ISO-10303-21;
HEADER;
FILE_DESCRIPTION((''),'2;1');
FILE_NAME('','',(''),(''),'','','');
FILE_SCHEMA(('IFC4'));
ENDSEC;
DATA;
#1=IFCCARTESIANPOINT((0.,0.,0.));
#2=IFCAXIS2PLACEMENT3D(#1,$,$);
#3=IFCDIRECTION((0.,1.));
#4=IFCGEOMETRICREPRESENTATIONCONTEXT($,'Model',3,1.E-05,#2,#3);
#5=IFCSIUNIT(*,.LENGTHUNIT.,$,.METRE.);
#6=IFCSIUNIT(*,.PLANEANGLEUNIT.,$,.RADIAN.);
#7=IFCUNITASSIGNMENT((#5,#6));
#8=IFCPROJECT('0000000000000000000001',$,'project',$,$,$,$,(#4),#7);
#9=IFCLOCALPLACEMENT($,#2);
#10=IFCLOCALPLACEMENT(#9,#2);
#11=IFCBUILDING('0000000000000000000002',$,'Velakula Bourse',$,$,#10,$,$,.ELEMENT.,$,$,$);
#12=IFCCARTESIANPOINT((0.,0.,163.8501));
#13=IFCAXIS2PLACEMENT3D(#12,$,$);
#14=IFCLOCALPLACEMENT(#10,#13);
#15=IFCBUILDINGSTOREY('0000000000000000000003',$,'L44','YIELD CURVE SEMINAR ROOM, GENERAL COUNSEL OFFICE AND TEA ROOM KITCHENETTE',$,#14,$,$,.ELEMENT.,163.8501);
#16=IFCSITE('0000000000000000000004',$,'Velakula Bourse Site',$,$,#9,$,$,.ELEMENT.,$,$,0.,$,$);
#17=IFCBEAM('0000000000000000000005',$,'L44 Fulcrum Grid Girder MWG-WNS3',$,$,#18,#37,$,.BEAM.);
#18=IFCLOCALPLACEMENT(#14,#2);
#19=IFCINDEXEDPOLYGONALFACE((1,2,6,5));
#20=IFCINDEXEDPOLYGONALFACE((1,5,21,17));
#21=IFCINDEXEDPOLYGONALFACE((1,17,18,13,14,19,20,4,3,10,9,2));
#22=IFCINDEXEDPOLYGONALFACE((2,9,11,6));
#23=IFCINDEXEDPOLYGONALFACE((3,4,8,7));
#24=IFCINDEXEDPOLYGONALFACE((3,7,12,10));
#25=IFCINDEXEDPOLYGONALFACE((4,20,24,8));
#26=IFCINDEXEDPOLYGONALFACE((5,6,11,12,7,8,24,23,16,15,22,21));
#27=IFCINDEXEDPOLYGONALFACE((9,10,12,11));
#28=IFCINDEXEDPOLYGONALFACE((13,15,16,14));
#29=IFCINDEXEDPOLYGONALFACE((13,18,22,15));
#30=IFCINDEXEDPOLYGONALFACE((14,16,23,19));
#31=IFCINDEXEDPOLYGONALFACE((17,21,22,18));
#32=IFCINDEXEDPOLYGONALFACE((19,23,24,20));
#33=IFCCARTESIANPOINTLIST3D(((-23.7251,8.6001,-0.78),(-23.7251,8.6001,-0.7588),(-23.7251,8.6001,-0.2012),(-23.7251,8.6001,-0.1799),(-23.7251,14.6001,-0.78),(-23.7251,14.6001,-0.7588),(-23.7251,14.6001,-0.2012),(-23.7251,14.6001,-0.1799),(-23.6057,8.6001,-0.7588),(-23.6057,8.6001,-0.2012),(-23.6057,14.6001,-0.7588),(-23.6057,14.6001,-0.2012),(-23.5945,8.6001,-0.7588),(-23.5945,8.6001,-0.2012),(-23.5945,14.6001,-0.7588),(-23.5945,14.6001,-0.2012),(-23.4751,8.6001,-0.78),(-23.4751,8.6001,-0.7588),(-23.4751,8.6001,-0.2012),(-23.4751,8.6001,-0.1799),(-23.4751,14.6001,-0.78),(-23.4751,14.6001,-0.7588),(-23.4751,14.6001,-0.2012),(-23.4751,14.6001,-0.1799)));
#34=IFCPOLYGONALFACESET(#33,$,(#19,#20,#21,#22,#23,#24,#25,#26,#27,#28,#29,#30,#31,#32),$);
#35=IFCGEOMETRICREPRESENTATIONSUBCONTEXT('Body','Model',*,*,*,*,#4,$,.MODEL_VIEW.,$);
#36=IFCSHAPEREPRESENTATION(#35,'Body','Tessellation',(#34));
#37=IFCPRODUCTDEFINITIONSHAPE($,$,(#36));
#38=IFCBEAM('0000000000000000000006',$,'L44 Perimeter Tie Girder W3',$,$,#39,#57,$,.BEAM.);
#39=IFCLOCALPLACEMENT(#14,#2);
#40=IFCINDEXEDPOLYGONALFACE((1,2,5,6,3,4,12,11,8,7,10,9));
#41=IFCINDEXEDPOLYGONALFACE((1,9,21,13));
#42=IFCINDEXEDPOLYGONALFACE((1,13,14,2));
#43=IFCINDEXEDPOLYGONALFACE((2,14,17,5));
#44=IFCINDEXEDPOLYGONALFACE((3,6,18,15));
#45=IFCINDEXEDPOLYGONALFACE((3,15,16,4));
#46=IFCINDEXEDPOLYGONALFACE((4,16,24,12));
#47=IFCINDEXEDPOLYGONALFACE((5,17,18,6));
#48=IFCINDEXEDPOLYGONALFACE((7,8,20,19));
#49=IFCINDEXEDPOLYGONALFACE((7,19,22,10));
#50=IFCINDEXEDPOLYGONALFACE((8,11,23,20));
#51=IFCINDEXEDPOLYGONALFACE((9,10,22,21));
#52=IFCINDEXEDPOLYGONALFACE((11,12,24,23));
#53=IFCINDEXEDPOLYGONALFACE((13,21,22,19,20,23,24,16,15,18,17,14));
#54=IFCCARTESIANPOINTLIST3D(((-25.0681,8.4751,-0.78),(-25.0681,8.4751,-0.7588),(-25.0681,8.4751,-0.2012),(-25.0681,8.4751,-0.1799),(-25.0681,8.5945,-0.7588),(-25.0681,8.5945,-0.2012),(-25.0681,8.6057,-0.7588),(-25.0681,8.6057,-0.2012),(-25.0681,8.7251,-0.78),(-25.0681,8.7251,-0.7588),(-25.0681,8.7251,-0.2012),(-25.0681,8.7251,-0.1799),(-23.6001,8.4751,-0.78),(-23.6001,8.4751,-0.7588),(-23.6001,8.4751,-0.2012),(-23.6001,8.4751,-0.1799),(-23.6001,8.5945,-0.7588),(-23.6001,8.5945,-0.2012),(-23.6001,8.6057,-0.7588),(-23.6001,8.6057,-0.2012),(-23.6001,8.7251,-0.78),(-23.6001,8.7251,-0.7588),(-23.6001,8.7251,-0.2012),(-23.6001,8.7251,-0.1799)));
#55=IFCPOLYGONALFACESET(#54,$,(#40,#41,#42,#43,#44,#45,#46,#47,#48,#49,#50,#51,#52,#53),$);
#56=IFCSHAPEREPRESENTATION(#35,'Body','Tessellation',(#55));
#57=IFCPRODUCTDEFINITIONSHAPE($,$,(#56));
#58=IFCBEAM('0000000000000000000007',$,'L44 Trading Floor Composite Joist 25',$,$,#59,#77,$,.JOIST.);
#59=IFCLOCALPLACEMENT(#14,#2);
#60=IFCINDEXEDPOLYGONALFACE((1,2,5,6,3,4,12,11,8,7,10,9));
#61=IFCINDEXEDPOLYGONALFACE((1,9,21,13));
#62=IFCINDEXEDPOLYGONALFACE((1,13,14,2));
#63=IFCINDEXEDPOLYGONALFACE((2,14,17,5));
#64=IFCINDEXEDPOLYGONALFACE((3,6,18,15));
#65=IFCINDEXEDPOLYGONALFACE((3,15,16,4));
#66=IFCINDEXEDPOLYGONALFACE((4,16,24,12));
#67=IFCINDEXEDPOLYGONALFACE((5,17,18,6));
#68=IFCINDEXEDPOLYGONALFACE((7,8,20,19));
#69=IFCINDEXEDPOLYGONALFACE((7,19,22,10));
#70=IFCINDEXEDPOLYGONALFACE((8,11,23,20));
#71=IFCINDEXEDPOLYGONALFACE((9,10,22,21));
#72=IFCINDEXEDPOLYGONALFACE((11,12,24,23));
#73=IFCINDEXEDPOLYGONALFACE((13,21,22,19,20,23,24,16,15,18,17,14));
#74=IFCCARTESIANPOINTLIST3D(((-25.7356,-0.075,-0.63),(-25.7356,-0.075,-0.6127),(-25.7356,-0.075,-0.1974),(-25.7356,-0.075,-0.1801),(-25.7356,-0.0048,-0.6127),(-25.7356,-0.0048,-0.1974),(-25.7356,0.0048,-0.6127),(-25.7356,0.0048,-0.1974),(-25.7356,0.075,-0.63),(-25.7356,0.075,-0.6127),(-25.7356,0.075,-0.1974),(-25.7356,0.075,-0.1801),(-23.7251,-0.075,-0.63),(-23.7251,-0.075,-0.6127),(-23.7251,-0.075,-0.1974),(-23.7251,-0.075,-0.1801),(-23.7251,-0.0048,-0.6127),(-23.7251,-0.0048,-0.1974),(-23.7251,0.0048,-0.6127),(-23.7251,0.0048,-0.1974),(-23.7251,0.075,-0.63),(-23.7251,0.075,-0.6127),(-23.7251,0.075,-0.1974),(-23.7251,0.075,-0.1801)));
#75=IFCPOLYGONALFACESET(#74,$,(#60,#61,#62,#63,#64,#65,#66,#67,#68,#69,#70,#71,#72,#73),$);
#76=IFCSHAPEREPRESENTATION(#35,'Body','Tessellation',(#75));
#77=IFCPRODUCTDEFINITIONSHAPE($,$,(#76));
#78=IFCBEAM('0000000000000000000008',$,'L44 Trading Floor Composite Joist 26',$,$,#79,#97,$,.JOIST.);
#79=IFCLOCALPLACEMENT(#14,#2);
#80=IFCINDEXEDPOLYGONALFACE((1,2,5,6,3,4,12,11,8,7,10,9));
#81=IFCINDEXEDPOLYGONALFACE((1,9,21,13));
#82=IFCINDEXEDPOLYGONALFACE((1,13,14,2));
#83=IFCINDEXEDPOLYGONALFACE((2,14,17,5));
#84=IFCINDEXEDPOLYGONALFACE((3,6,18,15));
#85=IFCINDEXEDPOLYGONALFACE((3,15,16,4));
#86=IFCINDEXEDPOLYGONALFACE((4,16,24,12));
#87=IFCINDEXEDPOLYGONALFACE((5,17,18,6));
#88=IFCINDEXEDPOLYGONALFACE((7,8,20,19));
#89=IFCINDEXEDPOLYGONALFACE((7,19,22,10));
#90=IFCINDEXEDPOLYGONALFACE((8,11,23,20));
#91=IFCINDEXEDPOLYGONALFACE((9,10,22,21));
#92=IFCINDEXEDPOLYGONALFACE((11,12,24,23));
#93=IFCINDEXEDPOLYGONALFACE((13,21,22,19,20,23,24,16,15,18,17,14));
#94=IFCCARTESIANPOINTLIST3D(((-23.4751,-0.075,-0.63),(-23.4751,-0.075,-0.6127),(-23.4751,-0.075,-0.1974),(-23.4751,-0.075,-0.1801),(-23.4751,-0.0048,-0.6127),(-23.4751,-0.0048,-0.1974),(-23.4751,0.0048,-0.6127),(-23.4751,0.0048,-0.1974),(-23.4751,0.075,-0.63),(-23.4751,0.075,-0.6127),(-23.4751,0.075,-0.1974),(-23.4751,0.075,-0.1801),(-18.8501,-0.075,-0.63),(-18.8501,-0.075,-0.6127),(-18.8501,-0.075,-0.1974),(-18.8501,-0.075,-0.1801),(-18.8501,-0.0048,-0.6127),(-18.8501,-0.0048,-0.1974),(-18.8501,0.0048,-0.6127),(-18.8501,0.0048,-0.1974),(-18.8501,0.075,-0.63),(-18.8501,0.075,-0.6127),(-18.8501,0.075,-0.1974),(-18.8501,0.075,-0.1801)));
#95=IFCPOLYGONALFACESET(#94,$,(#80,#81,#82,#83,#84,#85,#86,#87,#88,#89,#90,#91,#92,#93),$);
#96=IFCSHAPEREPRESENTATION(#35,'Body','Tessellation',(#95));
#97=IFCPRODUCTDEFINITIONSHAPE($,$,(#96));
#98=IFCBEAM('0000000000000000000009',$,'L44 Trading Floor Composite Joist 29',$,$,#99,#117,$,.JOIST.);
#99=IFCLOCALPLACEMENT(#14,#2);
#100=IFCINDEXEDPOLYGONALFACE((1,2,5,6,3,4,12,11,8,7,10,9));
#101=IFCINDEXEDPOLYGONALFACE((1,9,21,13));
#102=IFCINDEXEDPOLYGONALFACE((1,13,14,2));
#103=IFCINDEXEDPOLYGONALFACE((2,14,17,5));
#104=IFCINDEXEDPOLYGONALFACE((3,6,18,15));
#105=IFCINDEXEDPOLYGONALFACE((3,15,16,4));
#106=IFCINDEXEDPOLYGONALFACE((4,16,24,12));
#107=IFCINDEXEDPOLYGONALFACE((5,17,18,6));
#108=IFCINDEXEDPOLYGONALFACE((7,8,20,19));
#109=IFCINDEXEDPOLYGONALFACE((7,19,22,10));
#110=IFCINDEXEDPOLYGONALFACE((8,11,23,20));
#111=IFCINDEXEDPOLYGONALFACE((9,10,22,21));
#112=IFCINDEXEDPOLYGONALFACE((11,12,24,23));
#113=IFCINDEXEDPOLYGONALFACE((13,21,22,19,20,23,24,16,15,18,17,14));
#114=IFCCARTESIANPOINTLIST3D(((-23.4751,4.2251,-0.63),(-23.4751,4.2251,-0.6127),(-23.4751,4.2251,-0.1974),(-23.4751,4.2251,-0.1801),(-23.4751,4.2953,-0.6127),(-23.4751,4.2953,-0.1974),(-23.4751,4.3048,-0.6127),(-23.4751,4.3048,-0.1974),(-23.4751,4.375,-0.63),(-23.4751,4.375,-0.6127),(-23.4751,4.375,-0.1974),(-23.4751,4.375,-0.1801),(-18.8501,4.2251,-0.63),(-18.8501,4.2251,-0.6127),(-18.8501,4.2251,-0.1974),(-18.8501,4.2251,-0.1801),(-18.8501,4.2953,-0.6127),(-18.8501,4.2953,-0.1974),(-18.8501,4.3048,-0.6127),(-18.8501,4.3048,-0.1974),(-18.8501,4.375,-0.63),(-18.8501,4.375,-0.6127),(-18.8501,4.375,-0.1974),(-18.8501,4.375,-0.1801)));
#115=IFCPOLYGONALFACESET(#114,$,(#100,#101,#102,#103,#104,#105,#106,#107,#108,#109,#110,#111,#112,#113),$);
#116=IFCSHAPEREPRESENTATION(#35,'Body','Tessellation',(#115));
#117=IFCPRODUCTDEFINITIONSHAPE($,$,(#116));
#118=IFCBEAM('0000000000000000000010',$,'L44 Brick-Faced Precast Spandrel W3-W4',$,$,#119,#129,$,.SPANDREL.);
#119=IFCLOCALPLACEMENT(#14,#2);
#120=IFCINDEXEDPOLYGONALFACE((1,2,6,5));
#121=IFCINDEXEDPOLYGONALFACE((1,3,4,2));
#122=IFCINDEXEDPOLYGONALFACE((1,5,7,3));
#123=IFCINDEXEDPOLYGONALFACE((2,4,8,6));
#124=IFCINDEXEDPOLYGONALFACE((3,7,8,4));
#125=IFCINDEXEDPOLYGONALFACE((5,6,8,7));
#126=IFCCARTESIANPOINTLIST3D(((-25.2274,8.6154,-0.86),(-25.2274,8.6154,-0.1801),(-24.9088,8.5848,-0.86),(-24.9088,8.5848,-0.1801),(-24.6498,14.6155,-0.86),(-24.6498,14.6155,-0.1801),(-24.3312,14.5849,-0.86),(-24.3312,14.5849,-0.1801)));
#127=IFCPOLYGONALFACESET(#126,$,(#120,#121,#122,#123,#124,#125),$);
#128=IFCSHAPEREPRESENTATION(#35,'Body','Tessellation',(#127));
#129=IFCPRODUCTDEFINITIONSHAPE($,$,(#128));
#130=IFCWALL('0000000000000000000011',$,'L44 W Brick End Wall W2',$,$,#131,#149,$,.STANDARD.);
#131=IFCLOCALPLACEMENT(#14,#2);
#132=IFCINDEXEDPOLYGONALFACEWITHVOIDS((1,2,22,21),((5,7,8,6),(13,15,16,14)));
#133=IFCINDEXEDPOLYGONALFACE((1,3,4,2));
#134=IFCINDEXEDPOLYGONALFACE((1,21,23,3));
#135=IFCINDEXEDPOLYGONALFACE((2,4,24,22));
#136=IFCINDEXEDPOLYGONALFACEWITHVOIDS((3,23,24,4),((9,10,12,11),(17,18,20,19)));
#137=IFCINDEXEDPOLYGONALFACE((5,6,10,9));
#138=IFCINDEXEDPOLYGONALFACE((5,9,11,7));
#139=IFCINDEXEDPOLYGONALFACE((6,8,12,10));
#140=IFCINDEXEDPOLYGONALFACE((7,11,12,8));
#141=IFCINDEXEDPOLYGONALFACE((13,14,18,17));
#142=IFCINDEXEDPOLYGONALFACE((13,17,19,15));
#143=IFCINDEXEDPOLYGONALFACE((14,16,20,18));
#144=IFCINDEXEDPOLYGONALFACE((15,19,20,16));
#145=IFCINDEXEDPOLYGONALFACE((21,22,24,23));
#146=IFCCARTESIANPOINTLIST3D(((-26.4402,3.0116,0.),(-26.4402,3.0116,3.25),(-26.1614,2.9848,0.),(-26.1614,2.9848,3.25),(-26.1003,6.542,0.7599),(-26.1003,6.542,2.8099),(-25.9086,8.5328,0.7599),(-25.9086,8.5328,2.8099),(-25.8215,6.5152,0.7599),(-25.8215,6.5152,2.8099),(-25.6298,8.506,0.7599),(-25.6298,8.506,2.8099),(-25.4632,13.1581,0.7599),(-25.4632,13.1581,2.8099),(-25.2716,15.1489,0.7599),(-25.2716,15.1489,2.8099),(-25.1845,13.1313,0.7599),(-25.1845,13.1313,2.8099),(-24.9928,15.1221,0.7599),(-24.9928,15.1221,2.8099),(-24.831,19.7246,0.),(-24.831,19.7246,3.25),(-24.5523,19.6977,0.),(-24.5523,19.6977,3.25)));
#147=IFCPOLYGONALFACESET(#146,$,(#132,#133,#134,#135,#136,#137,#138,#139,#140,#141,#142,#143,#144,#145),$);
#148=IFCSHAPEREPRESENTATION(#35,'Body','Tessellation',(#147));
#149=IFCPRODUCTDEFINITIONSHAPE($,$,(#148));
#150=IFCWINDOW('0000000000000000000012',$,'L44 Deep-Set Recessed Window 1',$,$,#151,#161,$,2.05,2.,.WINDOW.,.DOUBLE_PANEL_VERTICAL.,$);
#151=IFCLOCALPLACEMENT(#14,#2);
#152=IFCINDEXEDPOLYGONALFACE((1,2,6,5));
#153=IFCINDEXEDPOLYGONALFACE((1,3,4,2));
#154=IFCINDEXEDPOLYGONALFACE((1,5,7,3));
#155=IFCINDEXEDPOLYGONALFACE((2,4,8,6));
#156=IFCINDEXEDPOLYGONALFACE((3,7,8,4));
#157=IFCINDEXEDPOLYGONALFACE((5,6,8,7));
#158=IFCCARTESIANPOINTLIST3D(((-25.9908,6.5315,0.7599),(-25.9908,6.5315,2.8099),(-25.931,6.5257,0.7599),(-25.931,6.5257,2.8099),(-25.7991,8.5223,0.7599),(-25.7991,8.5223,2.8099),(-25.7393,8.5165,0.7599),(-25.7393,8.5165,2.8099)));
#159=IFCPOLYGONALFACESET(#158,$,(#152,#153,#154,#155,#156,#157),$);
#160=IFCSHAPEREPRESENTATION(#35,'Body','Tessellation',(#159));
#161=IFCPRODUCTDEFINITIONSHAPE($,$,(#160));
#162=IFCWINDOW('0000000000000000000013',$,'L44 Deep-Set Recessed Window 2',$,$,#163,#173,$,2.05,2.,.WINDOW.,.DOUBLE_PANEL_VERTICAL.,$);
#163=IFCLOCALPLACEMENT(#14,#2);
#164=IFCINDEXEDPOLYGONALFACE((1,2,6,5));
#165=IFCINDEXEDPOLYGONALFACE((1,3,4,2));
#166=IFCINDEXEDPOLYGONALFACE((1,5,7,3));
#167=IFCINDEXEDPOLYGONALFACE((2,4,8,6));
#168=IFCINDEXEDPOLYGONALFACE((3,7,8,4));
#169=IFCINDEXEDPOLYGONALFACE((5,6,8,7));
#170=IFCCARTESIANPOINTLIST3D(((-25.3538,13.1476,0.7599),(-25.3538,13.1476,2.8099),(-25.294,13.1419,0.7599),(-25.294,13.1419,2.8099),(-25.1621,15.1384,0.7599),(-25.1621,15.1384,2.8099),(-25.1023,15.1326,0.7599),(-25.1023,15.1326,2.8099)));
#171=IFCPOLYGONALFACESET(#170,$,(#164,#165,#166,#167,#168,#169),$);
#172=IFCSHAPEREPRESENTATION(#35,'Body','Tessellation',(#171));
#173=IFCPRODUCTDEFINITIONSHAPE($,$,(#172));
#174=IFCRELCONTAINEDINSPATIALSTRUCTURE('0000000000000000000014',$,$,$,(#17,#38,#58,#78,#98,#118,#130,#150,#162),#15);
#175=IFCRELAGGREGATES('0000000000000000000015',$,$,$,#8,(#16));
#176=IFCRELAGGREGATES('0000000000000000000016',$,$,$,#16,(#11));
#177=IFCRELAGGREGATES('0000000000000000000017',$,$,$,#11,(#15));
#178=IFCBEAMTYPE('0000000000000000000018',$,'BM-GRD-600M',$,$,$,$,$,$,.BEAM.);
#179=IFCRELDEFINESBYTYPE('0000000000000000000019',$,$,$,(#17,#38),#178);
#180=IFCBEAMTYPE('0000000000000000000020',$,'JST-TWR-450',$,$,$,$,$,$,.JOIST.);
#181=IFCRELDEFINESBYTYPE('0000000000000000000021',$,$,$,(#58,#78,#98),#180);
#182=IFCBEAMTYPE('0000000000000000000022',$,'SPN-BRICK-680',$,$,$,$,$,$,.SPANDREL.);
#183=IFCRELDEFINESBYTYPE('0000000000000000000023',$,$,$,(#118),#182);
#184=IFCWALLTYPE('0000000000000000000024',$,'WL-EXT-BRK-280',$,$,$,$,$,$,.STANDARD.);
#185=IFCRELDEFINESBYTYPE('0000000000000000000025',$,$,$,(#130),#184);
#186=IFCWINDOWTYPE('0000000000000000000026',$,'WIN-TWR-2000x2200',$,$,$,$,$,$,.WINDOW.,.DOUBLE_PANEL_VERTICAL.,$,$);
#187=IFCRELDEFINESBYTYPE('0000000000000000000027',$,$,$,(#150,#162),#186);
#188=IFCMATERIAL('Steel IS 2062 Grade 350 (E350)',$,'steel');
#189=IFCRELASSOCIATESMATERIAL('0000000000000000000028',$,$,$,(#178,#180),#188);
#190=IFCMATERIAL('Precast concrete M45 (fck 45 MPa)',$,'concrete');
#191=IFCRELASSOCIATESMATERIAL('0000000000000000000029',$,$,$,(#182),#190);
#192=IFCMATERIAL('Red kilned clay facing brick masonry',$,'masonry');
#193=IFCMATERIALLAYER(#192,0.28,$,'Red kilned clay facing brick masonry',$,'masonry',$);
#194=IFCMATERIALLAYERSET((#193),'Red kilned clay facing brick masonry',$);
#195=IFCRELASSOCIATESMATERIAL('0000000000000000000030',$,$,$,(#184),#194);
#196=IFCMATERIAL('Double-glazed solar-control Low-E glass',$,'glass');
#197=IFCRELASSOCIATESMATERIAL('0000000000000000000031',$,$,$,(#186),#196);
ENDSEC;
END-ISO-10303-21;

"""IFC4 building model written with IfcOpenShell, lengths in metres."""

from ifc_helpers import new_model, si_unit, direction, frame, frame_2d, origin, origin_2d, place, context, subcontext, project, spatial, rectangle, i_section, extrude, material, layer, layer_set, material_profile, profile_set, type_object, element, fill, save


model = new_model("IFC4")

# Units and contexts
model_context = context("Model", 3, precision=1e-05, world=origin(), true_north=direction((0.0, 1.0)))
body_context = subcontext(model_context, "Body", "Model", "MODEL_VIEW")
ifc_project = project(units=[si_unit("LENGTHUNIT", "METRE"), si_unit("PLANEANGLEUNIT", "RADIAN")], contexts=[model_context])

# Site, building, storey
site_placement = place(None, origin())
site = spatial("IfcSite", under=ifc_project, at=site_placement, Name="Velakula Bourse Site", CompositionType="ELEMENT", RefElevation=0.0)
building_placement = place(site_placement, origin())
building = spatial("IfcBuilding", under=site, at=building_placement, Name="Velakula Bourse", CompositionType="ELEMENT")
storey_placement = place(building_placement, frame((0.0, 0.0, 163.8501)))
storey = spatial("IfcBuildingStorey", under=building, at=storey_placement, Name="L44", Description="YIELD CURVE SEMINAR ROOM, GENERAL COUNSEL OFFICE AND TEA ROOM KITCHENETTE", CompositionType="ELEMENT", Elevation=163.8501)

# Shared definitions
ifc_material_1 = material(Name="Steel IS 2062 Grade 350 (E350)", Category="steel")

# Beams
ifc_material_profile_1 = material_profile(ifc_material_1, i_section(OverallWidth=0.25, OverallDepth=0.6001, WebThickness=0.0112, FlangeThickness=0.0212, at=origin_2d()), Name="Steel IS 2062 Grade 350 (E350)")
ifc_profile_set_1 = profile_set([ifc_material_profile_1], Name="Steel IS 2062 Grade 350 (E350)")
beam_type_1 = type_object("IfcBeamType", Name="BM-GRD-600M", PredefinedType="BEAM", material=ifc_profile_set_1)
beam_1_placement = place(storey_placement, frame((-23.6001, 8.6001, -0.48), z_axis=(0.0, 1.0, 0.0), x_axis=(-1.0, 0.0, 0.0)))
element("IfcBeam", 1, at=beam_1_placement, inside=storey, type_object=beam_type_1, Name="L44 Fulcrum Grid Girder MWG-WNS3", PredefinedType="BEAM", context=body_context, shape_type="SweptSolid", body=[
    extrude(i_section(OverallWidth=0.25, OverallDepth=0.6001, WebThickness=0.0112, FlangeThickness=0.0212, at=origin_2d()), origin(), (0.0, 0.0, 1.0), 6.0),
])
beam_2_placement = place(storey_placement, frame((-23.6001, 8.6001, -0.48), z_axis=(-1.0, 0.0, 0.0), x_axis=(0.0, -1.0, 0.0)))
element("IfcBeam", 2, at=beam_2_placement, inside=storey, type_object=beam_type_1, Name="L44 Perimeter Tie Girder W3", PredefinedType="BEAM", context=body_context, shape_type="SweptSolid", body=[
    extrude(i_section(OverallWidth=0.25, OverallDepth=0.6001, WebThickness=0.0112, FlangeThickness=0.0212, at=origin_2d()), origin(), (0.0, 0.0, 1.0), 1.468),
])
ifc_material_profile_2 = material_profile(ifc_material_1, i_section(OverallWidth=0.1499, OverallDepth=0.45, WebThickness=0.0095, FlangeThickness=0.0173, at=origin_2d()), Name="Steel IS 2062 Grade 350 (E350)")
ifc_profile_set_2 = profile_set([ifc_material_profile_2], Name="Steel IS 2062 Grade 350 (E350)")
beam_type_2 = type_object("IfcBeamType", Name="JST-TWR-450", PredefinedType="JOIST", material=ifc_profile_set_2)
beam_3_placement = place(storey_placement, frame((-25.7356, 0.0, -0.405), z_axis=(1.0, 0.0, 0.0), x_axis=(0.0, 1.0, 0.0)))
element("IfcBeam", 3, at=beam_3_placement, inside=storey, type_object=beam_type_2, Name="L44 Trading Floor Composite Joist 25", PredefinedType="JOIST", context=body_context, shape_type="SweptSolid", body=[
    extrude(i_section(OverallWidth=0.1499, OverallDepth=0.45, WebThickness=0.0095, FlangeThickness=0.0173, at=origin_2d()), origin(), (0.0, 0.0, 1.0), 2.0105),
])
for number, where, z_axis, x_axis, name in (
    (4, (-23.4751, 0.0, -0.405), (1.0, 0.0, 0.0), (0.0, 1.0, 0.0), "L44 Trading Floor Composite Joist 26"),
    (5, (-23.4751, 4.3, -0.405), (1.0, 0.0, 0.0), (0.0, 1.0, 0.0), "L44 Trading Floor Composite Joist 29"),
):
    element("IfcBeam", number, at=place(storey_placement, frame(where, z_axis=z_axis, x_axis=x_axis)), inside=storey, type_object=beam_type_2, Name=name, PredefinedType="JOIST", context=body_context, shape_type="SweptSolid", body=[
        extrude(i_section(OverallWidth=0.1499, OverallDepth=0.45, WebThickness=0.0095, FlangeThickness=0.0173, at=origin_2d()), origin(), (0.0, 0.0, 1.0), 4.625),
    ])
ifc_material_2 = material(Name="Precast concrete M45 (fck 45 MPa)", Category="concrete")
ifc_material_profile_3 = material_profile(ifc_material_2, rectangle(XDim=0.3201, YDim=0.6799, at=origin_2d()), Name="Precast concrete M45 (fck 45 MPa)")
ifc_profile_set_3 = profile_set([ifc_material_profile_3], Name="Precast concrete M45 (fck 45 MPa)")
beam_type_3 = type_object("IfcBeamType", Name="SPN-BRICK-680", PredefinedType="SPANDREL", material=ifc_profile_set_3)
beam_4_placement = place(storey_placement, frame((-25.0681, 8.6001, -0.52), z_axis=(0.09583, 0.995398, 0.0), x_axis=(-0.995398, 0.09583, 0.0)))
element("IfcBeam", 6, at=beam_4_placement, inside=storey, type_object=beam_type_3, Name="L44 Brick-Faced Precast Spandrel W3-W4", PredefinedType="SPANDREL", context=body_context, shape_type="SweptSolid", body=[
    extrude(rectangle(XDim=0.3201, YDim=0.6799, at=origin_2d()), origin(), (0.0, 0.0, 1.0), 6.0278),
])

# Wall, openings, windows
ifc_material_3 = material(Name="Red kilned clay facing brick masonry", Category="masonry")
ifc_layer_1 = layer(ifc_material_3, 0.28, Name="Red kilned clay facing brick masonry", Category="masonry")
ifc_layer_set_1 = layer_set([ifc_layer_1], Name="Red kilned clay facing brick masonry")
wall_type_1 = type_object("IfcWallType", Name="WL-EXT-BRK-280", PredefinedType="STANDARD", material=ifc_layer_set_1)
wall_1_placement = place(storey_placement, frame((-26.3008, 2.9983, 0.0), z_axis=(0.0, 0.0, 1.0), x_axis=(0.095838, 0.995397, 0.0)))
wall_1 = element("IfcWall", 7, at=wall_1_placement, inside=storey, type_object=wall_type_1, Name="L44 W Brick End Wall W2", PredefinedType="STANDARD", context=body_context, shape_type="SweptSolid", body=[
    extrude(rectangle(XDim=16.7903, YDim=0.28, at=frame_2d((8.395, 0.0))), origin(), (0.0, 0.0, 1.0), 3.25),
])
opening_1_placement = place(wall_1_placement, frame((3.5466, 0.0, 0.76)))
opening_1 = element("IfcOpeningElement", 8, at=opening_1_placement, cuts=wall_1, PredefinedType="OPENING", context=body_context, shape_type="SweptSolid", body=[
    extrude(rectangle(XDim=2.0, YDim=2.05, at=frame_2d((1.0, 1.0249))), frame((0.0, 0.1499, 0.0), z_axis=(0.0, -1.0, 0.0), x_axis=(1.0, 0.0, 0.0)), (0.0, 0.0, 1.0), 0.3),
])
opening_2_placement = place(wall_1_placement, frame((10.1934, 0.0, 0.76)))
opening_2 = element("IfcOpeningElement", 9, at=opening_2_placement, cuts=wall_1, PredefinedType="OPENING", context=body_context, shape_type="SweptSolid", body=[
    extrude(rectangle(XDim=2.0, YDim=2.05, at=frame_2d((1.0, 1.0249))), frame((0.0, 0.1499, 0.0), z_axis=(0.0, -1.0, 0.0), x_axis=(1.0, 0.0, 0.0)), (0.0, 0.0, 1.0), 0.3),
])
ifc_material_4 = material(Name="Double-glazed solar-control Low-E glass", Category="glass")
window_type = type_object("IfcWindowType", Name="WIN-TWR-2000x2200", PartitioningType="DOUBLE_PANEL_VERTICAL", PredefinedType="WINDOW", material=ifc_material_4)
window_1_placement = place(opening_1_placement, origin())
window_1 = element("IfcWindow", 10, at=window_1_placement, inside=storey, type_object=window_type, Name="L44 Deep-Set Recessed Window 1", OverallHeight=2.05, OverallWidth=2.0, PartitioningType="DOUBLE_PANEL_VERTICAL", PredefinedType="WINDOW", context=body_context, shape_type="SweptSolid", body=[
    extrude(rectangle(XDim=2.0, YDim=2.05, at=frame_2d((1.0, 1.0249))), frame((0.0, 0.03, 0.0), z_axis=(0.0, -1.0, 0.0), x_axis=(1.0, 0.0, 0.0)), (0.0, 0.0, 1.0), 0.0601),
])
fill(opening_1, window_1)
window_2_placement = place(opening_2_placement, origin())
window_2 = element("IfcWindow", 11, at=window_2_placement, inside=storey, type_object=window_type, Name="L44 Deep-Set Recessed Window 2", OverallHeight=2.05, OverallWidth=2.0, PartitioningType="DOUBLE_PANEL_VERTICAL", PredefinedType="WINDOW", context=body_context, shape_type="SweptSolid", body=[
    extrude(rectangle(XDim=2.0, YDim=2.05, at=frame_2d((1.0, 1.0249))), frame((0.0, 0.03, 0.0), z_axis=(0.0, -1.0, 0.0), x_axis=(1.0, 0.0, 0.0)), (0.0, 0.0, 1.0), 0.0601),
])
fill(opening_2, window_2)

save(model, "model.ifc")
